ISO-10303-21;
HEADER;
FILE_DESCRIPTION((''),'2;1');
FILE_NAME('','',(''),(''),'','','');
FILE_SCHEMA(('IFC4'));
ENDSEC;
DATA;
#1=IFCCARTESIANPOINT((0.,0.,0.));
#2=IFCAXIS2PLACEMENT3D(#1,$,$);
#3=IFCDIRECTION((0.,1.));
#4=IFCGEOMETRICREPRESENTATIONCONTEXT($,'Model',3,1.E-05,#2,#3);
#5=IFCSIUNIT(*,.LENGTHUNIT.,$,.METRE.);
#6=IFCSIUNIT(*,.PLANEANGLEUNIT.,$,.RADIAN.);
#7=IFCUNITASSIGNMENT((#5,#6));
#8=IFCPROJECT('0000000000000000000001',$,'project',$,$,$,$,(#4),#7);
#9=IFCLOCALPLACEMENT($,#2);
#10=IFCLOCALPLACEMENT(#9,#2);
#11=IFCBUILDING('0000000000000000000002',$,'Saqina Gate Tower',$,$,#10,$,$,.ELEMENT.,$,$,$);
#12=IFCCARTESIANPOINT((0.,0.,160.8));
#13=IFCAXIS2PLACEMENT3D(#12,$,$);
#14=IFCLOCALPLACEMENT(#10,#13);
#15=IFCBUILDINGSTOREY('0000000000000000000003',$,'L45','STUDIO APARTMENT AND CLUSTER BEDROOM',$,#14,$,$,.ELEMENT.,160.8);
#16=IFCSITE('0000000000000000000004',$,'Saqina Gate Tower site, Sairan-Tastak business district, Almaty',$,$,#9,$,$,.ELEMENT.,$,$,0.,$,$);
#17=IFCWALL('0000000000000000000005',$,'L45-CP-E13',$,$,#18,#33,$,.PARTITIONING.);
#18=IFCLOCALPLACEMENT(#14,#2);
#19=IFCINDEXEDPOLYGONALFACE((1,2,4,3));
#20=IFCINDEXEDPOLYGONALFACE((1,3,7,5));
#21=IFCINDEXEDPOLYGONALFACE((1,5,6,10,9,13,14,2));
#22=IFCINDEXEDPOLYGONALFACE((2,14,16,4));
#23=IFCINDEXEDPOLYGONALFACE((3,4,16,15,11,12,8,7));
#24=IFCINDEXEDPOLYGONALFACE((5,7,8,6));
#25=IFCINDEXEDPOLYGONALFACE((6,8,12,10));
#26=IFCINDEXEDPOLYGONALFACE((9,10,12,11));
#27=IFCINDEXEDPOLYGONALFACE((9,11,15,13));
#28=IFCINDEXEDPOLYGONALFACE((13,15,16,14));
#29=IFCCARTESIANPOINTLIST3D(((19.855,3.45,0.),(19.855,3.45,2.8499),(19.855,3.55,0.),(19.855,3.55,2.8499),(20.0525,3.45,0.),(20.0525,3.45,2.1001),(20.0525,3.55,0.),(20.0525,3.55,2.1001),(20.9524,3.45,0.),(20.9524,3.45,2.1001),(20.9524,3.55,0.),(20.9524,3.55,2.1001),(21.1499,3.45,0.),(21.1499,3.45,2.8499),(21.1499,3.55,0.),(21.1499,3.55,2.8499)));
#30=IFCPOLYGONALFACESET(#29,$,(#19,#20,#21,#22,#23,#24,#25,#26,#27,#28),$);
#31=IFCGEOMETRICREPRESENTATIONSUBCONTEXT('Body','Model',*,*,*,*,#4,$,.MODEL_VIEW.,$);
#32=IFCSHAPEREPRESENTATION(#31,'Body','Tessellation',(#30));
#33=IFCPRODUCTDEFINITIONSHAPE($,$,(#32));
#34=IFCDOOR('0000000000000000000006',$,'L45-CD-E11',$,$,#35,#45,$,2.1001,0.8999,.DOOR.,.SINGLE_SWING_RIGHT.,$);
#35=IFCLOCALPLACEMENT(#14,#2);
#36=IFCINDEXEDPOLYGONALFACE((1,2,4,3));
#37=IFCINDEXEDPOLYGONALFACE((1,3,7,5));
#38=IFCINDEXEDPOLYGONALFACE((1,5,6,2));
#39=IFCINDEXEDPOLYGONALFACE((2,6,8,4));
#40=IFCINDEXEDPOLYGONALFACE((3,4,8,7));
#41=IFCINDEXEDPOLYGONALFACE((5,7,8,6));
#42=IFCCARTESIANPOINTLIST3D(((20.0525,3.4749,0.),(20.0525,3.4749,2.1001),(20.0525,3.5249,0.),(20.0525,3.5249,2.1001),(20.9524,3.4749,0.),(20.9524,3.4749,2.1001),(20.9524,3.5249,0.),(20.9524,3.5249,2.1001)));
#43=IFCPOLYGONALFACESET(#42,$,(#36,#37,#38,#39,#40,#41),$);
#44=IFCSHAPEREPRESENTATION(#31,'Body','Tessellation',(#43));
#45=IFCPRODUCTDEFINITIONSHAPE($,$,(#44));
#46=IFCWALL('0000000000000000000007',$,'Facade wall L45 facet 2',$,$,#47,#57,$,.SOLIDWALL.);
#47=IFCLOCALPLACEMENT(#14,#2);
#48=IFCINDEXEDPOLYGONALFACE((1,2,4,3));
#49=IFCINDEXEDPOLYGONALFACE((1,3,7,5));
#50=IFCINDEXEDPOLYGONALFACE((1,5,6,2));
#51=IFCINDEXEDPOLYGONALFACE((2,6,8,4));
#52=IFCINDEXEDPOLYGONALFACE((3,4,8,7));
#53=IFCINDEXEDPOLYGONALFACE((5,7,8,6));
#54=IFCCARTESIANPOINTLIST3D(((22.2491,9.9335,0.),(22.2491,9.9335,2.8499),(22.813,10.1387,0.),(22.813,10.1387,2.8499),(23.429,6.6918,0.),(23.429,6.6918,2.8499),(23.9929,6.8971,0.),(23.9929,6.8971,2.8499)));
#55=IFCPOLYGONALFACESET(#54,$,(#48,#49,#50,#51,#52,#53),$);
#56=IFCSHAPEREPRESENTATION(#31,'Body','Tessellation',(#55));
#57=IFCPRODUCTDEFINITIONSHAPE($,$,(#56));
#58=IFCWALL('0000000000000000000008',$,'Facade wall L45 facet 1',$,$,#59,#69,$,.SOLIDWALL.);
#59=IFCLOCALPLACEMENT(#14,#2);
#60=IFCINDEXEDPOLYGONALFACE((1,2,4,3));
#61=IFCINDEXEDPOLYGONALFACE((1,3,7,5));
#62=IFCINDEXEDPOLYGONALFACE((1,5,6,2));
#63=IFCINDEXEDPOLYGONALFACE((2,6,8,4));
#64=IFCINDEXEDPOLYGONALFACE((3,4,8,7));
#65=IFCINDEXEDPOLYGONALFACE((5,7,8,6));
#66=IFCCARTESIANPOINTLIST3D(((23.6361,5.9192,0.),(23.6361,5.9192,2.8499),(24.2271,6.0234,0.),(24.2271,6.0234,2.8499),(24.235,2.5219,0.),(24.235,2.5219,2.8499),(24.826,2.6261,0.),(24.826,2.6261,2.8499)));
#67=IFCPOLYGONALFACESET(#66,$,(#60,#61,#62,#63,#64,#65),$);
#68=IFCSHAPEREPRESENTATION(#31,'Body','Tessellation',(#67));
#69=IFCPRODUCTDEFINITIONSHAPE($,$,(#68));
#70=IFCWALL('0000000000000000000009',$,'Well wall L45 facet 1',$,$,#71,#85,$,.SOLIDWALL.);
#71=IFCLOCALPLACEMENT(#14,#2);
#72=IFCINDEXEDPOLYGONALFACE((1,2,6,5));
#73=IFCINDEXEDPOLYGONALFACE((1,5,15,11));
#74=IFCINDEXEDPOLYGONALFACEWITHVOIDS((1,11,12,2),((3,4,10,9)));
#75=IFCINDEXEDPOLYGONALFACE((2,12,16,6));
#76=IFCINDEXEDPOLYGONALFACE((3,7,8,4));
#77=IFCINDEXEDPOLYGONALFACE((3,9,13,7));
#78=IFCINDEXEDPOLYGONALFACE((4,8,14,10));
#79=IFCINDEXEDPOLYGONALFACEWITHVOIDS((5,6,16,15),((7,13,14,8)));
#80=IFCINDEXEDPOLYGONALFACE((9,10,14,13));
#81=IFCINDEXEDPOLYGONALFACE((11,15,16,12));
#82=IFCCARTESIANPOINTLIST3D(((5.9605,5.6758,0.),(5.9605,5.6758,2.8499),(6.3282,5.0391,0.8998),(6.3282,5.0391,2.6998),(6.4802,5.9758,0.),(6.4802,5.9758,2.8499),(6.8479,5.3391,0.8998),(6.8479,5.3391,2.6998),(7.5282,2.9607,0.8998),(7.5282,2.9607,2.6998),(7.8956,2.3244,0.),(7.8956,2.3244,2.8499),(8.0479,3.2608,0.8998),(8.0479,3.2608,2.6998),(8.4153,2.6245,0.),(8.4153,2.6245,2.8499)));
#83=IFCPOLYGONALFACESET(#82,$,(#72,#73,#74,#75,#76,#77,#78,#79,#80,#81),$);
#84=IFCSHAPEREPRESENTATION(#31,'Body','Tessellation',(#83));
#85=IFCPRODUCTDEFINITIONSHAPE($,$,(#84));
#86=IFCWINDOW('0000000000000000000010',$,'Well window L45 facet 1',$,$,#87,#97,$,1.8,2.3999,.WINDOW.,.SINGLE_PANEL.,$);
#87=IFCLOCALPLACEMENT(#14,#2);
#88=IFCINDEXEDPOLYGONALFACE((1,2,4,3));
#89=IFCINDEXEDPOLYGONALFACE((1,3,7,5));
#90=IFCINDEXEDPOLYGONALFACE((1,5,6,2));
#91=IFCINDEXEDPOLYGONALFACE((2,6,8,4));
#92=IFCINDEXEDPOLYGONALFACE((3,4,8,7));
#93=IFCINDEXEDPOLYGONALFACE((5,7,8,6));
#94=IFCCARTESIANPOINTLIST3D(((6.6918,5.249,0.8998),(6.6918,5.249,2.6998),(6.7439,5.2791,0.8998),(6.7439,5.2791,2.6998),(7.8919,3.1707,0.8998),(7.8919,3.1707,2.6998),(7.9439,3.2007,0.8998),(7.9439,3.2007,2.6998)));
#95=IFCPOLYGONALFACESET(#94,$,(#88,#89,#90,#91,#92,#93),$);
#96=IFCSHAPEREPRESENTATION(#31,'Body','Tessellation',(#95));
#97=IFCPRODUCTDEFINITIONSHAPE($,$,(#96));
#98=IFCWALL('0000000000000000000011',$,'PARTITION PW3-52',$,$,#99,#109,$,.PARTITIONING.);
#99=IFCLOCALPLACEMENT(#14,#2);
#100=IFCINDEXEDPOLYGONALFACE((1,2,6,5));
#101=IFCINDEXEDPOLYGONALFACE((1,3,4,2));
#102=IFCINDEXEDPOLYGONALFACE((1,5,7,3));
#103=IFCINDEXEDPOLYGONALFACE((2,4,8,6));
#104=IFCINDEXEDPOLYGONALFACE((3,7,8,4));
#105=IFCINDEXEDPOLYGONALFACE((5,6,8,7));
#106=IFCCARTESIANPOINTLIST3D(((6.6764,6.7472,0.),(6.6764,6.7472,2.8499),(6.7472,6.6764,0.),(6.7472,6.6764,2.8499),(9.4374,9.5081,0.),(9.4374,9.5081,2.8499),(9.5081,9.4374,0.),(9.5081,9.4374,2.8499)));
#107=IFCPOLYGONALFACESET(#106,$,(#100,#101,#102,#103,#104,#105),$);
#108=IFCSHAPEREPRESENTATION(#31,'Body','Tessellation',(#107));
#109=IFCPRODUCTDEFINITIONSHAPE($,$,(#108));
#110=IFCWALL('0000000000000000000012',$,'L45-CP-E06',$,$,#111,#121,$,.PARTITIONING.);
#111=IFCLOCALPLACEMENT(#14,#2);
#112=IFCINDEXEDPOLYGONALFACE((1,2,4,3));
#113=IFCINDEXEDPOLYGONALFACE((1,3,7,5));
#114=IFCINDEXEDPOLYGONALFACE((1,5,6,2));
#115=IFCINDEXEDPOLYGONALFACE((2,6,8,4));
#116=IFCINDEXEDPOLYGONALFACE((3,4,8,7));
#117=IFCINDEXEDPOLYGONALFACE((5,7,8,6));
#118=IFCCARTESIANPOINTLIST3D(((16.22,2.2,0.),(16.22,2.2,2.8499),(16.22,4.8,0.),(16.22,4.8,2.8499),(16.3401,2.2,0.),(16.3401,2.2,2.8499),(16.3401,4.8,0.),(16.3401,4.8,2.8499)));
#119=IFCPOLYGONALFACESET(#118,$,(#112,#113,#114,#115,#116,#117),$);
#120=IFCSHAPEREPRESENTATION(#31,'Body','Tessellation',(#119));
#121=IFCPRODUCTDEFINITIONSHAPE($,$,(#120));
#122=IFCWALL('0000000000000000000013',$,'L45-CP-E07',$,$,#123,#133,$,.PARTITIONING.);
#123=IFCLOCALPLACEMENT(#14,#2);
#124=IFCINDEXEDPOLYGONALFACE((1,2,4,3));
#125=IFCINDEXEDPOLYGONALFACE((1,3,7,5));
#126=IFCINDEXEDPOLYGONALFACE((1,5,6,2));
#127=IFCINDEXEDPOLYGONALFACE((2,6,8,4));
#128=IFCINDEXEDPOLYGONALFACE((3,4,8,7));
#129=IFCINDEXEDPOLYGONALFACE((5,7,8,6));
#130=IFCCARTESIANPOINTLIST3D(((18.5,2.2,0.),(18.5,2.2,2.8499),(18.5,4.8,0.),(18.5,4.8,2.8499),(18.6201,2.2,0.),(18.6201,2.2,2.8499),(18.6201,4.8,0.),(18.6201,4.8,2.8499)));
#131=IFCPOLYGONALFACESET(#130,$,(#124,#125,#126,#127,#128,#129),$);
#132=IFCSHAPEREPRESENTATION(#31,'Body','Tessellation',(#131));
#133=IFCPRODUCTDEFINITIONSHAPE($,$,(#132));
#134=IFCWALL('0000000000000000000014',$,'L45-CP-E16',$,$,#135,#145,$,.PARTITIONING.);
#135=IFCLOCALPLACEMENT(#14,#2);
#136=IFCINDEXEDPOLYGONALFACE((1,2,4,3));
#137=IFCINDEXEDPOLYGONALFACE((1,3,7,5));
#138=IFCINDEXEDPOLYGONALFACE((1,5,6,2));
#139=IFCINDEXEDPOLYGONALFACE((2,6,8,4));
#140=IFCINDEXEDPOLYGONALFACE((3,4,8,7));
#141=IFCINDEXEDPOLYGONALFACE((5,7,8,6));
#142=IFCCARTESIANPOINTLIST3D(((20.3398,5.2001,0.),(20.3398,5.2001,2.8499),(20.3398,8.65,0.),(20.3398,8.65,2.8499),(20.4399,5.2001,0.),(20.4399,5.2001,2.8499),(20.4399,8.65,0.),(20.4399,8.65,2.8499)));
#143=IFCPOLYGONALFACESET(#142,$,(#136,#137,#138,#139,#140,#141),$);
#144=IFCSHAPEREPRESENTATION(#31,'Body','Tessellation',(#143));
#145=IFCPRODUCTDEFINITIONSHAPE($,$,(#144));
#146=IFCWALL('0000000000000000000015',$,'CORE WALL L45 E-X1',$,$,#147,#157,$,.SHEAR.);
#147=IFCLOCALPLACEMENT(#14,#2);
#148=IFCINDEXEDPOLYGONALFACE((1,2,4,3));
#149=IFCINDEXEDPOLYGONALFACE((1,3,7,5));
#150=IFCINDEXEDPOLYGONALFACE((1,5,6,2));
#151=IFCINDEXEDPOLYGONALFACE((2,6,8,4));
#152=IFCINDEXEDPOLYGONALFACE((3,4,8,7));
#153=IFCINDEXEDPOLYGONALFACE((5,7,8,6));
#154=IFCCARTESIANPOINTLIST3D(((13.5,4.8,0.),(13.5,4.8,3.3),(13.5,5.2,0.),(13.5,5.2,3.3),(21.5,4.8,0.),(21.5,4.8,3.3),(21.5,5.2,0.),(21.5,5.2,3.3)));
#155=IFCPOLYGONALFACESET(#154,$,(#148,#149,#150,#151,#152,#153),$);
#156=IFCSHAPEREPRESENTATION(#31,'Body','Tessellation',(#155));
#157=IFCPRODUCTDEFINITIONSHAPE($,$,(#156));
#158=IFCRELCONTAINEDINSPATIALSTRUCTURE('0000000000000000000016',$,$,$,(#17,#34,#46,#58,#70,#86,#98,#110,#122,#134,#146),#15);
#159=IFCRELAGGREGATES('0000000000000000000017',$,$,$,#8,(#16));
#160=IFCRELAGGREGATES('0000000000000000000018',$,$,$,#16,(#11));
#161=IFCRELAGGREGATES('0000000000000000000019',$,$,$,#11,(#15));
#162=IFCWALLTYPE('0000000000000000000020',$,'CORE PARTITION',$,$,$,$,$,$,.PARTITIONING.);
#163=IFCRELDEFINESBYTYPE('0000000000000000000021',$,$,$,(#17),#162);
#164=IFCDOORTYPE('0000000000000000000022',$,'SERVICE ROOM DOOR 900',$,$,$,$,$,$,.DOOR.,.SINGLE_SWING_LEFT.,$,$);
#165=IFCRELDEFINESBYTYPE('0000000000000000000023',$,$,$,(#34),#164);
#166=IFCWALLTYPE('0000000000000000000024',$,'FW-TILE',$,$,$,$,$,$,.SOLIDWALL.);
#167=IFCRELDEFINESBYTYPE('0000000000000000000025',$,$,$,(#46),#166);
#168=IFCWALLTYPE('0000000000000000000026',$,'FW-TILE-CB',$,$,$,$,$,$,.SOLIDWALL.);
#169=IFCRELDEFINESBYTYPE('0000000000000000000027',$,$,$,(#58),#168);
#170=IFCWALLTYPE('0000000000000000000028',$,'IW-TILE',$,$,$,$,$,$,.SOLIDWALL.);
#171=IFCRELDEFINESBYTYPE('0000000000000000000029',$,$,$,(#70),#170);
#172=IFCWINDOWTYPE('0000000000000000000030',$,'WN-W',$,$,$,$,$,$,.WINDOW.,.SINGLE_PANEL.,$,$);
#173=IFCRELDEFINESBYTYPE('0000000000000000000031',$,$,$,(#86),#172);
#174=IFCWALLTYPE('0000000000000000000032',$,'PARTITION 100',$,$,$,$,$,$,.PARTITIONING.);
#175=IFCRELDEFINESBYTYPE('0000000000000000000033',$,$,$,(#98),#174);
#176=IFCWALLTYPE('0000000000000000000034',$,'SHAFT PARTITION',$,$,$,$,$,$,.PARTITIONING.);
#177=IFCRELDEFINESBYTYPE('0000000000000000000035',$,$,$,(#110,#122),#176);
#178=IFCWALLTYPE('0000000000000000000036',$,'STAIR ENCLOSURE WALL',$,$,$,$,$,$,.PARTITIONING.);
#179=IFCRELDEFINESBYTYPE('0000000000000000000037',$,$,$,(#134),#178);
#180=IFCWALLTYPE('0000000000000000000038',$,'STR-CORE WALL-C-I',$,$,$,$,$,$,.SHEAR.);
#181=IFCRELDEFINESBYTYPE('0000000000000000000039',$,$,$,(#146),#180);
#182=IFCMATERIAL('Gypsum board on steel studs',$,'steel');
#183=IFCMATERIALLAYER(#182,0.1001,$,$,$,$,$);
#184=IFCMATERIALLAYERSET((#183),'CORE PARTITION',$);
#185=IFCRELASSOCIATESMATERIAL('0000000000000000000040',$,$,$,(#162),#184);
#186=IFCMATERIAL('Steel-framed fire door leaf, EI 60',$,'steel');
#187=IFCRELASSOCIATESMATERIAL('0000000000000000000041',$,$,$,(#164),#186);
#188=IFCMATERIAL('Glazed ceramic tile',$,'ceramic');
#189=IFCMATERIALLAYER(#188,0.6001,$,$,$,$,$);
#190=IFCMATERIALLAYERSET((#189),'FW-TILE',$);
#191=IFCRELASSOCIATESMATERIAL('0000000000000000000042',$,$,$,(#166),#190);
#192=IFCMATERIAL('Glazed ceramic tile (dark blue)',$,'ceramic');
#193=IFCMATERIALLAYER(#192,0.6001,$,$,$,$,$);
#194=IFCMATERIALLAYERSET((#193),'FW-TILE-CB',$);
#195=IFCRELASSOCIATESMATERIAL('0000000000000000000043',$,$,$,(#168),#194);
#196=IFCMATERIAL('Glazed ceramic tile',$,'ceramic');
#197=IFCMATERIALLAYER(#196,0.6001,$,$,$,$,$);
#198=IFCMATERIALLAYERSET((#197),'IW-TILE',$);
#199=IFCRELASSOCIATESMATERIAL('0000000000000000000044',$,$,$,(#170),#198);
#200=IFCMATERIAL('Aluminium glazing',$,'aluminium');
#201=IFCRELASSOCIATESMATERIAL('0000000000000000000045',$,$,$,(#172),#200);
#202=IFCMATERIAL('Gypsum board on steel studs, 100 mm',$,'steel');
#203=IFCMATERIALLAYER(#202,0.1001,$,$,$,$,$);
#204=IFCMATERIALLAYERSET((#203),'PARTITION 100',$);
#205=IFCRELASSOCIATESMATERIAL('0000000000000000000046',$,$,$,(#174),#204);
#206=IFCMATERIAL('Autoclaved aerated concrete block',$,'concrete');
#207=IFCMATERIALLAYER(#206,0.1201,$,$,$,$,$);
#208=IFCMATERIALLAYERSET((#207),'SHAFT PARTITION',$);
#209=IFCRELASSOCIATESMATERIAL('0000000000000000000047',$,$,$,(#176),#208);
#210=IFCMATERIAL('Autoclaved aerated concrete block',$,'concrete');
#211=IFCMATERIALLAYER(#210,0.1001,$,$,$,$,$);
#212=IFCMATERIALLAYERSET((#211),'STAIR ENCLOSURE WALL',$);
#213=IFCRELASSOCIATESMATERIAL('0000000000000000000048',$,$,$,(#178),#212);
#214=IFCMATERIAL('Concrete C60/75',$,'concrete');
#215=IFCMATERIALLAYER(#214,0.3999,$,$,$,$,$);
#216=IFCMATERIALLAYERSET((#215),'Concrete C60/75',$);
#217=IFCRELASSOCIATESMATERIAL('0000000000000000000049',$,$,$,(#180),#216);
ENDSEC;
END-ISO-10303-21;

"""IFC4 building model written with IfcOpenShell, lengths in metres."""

from ifc_helpers import new_model, si_unit, direction, frame, frame_2d, origin, place, context, subcontext, project, spatial, rectangle, extrude, material, layer, layer_set, type_object, element, fill, save


model = new_model("IFC4")

# Units and contexts
model_context = context("Model", 3, precision=1e-05, world=origin(), true_north=direction((0.0, 1.0)))
body_context = subcontext(model_context, "Body", "Model", "MODEL_VIEW")
ifc_project = project(units=[si_unit("LENGTHUNIT", "METRE"), si_unit("PLANEANGLEUNIT", "RADIAN")], contexts=[model_context])

# Site, building, storey
site_placement = place(None, origin())
site = spatial("IfcSite", under=ifc_project, at=site_placement, Name="Saqina Gate Tower site, Sairan-Tastak business district, Almaty", CompositionType="ELEMENT", RefElevation=0.0)
building_placement = place(site_placement, origin())
building = spatial("IfcBuilding", under=site, at=building_placement, Name="Saqina Gate Tower", CompositionType="ELEMENT")
storey_placement = place(building_placement, frame((0.0, 0.0, 160.8)))
storey = spatial("IfcBuildingStorey", under=building, at=storey_placement, Name="L45", Description="STUDIO APARTMENT AND CLUSTER BEDROOM", CompositionType="ELEMENT", Elevation=160.8)

# Shared definitions
ifc_material_1 = material(Name="Gypsum board on steel studs", Category="steel")
ifc_layer_1 = layer(ifc_material_1, 0.1001)
ifc_layer_set_1 = layer_set([ifc_layer_1], Name="CORE PARTITION")
wall_type_1 = type_object("IfcWallType", Name="CORE PARTITION", PredefinedType="PARTITIONING", material=ifc_layer_set_1)

# Shared definitions
ifc_material_2 = material(Name="Steel-framed fire door leaf, EI 60", Category="steel")
door_type_1 = type_object("IfcDoorType", Name="SERVICE ROOM DOOR 900", OperationType="SINGLE_SWING_LEFT", PredefinedType="DOOR", material=ifc_material_2)

# Wall, opening, door
wall_1_placement = place(storey_placement, frame((19.855, 3.5, 0.0), z_axis=(0.0, 0.0, 1.0), x_axis=(1.0, 0.0, 0.0)))
wall_1 = element("IfcWall", 1, at=wall_1_placement, inside=storey, type_object=wall_type_1, Name="L45-CP-E13", PredefinedType="PARTITIONING", context=body_context, shape_type="SweptSolid", body=[
    extrude(rectangle(XDim=1.2949, YDim=0.1001, at=frame_2d((0.6475, 0.0))), origin(), (0.0, 0.0, 1.0), 2.8499),
])
opening_1_placement = place(wall_1_placement, frame((0.1975, 0.0, 0.0)))
opening_1 = element("IfcOpeningElement", 2, at=opening_1_placement, cuts=wall_1, PredefinedType="OPENING", context=body_context, shape_type="SweptSolid", body=[
    extrude(rectangle(XDim=0.8999, YDim=2.1001, at=frame_2d((0.45, 1.05))), frame((0.0, 0.062, 0.0), z_axis=(0.0, -1.0, 0.0), x_axis=(1.0, 0.0, 0.0)), (0.0, 0.0, 1.0), 0.124),
])
door_1_placement = place(opening_1_placement, origin())
door_1 = element("IfcDoor", 3, at=door_1_placement, inside=storey, type_object=door_type_1, Name="L45-CD-E11", OperationType="SINGLE_SWING_RIGHT", OverallHeight=2.1001, OverallWidth=0.8999, PredefinedType="DOOR", context=body_context, shape_type="SweptSolid", body=[
    extrude(rectangle(XDim=0.8999, YDim=2.1001, at=frame_2d((0.45, 1.05))), frame((0.0, 0.0249, 0.0), z_axis=(0.0, -1.0, 0.0), x_axis=(1.0, 0.0, 0.0)), (0.0, 0.0, 1.0), 0.05),
])
fill(opening_1, door_1)

# Walls
ifc_material_3 = material(Name="Glazed ceramic tile", Category="ceramic")
ifc_layer_2 = layer(ifc_material_3, 0.6001)
ifc_layer_set_2 = layer_set([ifc_layer_2], Name="FW-TILE")
wall_type_2 = type_object("IfcWallType", Name="FW-TILE", PredefinedType="SOLIDWALL", material=ifc_layer_set_2)
wall_2_placement = place(storey_placement, frame((23.7109, 6.7944, 0.0), z_axis=(0.0, 0.0, 1.0), x_axis=(-0.342033, 0.939688, 0.0)))
element("IfcWall", 4, at=wall_2_placement, inside=storey, type_object=wall_type_2, Name="Facade wall L45 facet 2", PredefinedType="SOLIDWALL", context=body_context, shape_type="SweptSolid", body=[
    extrude(rectangle(XDim=3.4497, YDim=0.6001, at=frame_2d((1.7249, 0.0))), origin(), (0.0, 0.0, 1.0), 2.8499),
])
ifc_material_4 = material(Name="Glazed ceramic tile (dark blue)", Category="ceramic")
ifc_layer_3 = layer(ifc_material_4, 0.6001)
ifc_layer_set_3 = layer_set([ifc_layer_3], Name="FW-TILE-CB")
wall_type_3 = type_object("IfcWallType", Name="FW-TILE-CB", PredefinedType="SOLIDWALL", material=ifc_layer_set_3)
wall_3_placement = place(storey_placement, frame((24.5305, 2.574, 0.0), z_axis=(0.0, 0.0, 1.0), x_axis=(-0.173608, 0.984815, 0.0)))
element("IfcWall", 5, at=wall_3_placement, inside=storey, type_object=wall_type_3, Name="Facade wall L45 facet 1", PredefinedType="SOLIDWALL", context=body_context, shape_type="SweptSolid", body=[
    extrude(rectangle(XDim=3.4497, YDim=0.6001, at=frame_2d((1.7249, 0.0))), origin(), (0.0, 0.0, 1.0), 2.8499),
])

# Wall, opening, window
ifc_material_5 = material(Name="Glazed ceramic tile", Category="ceramic")
ifc_layer_4 = layer(ifc_material_5, 0.6001)
ifc_layer_set_4 = layer_set([ifc_layer_4], Name="IW-TILE")
wall_type_4 = type_object("IfcWallType", Name="IW-TILE", PredefinedType="SOLIDWALL", material=ifc_layer_set_4)
wall_4_placement = place(storey_placement, frame((8.1555, 2.4744, 0.0), z_axis=(0.0, 0.0, 1.0), x_axis=(-0.500034, 0.866006, 0.0)))
wall_4 = element("IfcWall", 6, at=wall_4_placement, inside=storey, type_object=wall_type_4, Name="Well wall L45 facet 1", PredefinedType="SOLIDWALL", context=body_context, shape_type="SweptSolid", body=[
    extrude(rectangle(XDim=3.8699, YDim=0.6001, at=frame_2d((1.9351, 0.0))), origin(), (0.0, 0.0, 1.0), 2.8499),
])
opening_2_placement = place(wall_4_placement, frame((0.7349, 0.0, 0.8999)))
opening_2 = element("IfcOpeningElement", 7, at=opening_2_placement, cuts=wall_4, PredefinedType="OPENING", context=body_context, shape_type="SweptSolid", body=[
    extrude(rectangle(XDim=2.3999, YDim=1.8, at=frame_2d((1.2, 0.8999))), frame((0.0, 0.312, 0.0), z_axis=(0.0, -1.0, 0.0), x_axis=(1.0, 0.0, 0.0)), (0.0, 0.0, 1.0), 0.624),
])
ifc_material_6 = material(Name="Aluminium glazing", Category="aluminium")
window_type = type_object("IfcWindowType", Name="WN-W", PartitioningType="SINGLE_PANEL", PredefinedType="WINDOW", material=ifc_material_6)
window_placement = place(opening_2_placement, origin())
window = element("IfcWindow", 8, at=window_placement, inside=storey, type_object=window_type, Name="Well window L45 facet 1", OverallHeight=1.8, OverallWidth=2.3999, PartitioningType="SINGLE_PANEL", PredefinedType="WINDOW", context=body_context, shape_type="SweptSolid", body=[
    extrude(rectangle(XDim=2.3999, YDim=1.8, at=frame_2d((1.2, 0.8999))), frame((0.0, -0.1199, 0.0), z_axis=(0.0, -1.0, 0.0), x_axis=(1.0, 0.0, 0.0)), (0.0, 0.0, 1.0), 0.0601),
])
fill(opening_2, window)

# Walls
ifc_material_7 = material(Name="Gypsum board on steel studs, 100 mm", Category="steel")
ifc_layer_5 = layer(ifc_material_7, 0.1001)
ifc_layer_set_5 = layer_set([ifc_layer_5], Name="PARTITION 100")
wall_type_5 = type_object("IfcWallType", Name="PARTITION 100", PredefinedType="PARTITIONING", material=ifc_layer_set_5)
wall_5_placement = place(storey_placement, frame((6.7119, 6.7119, 0.0), z_axis=(0.0, 0.0, 1.0), x_axis=(0.707107, 0.707107, 0.0)))
element("IfcWall", 9, at=wall_5_placement, inside=storey, type_object=wall_type_5, Name="PARTITION PW3-52", PredefinedType="PARTITIONING", context=body_context, shape_type="SweptSolid", body=[
    extrude(rectangle(XDim=3.9045, YDim=0.1001, at=frame_2d((1.9521, 0.0))), origin(), (0.0, 0.0, 1.0), 2.8499),
])
ifc_material_8 = material(Name="Autoclaved aerated concrete block", Category="concrete")
ifc_layer_6 = layer(ifc_material_8, 0.1201)
ifc_layer_set_6 = layer_set([ifc_layer_6], Name="SHAFT PARTITION")
wall_type_6 = type_object("IfcWallType", Name="SHAFT PARTITION", PredefinedType="PARTITIONING", material=ifc_layer_set_6)
for number, where, z_axis, x_axis, name in (
    (10, (16.28, 2.2, 0.0), (0.0, 0.0, 1.0), (0.0, 1.0, 0.0), "L45-CP-E06"),
    (11, (18.5601, 2.2, 0.0), (0.0, 0.0, 1.0), (0.0, 1.0, 0.0), "L45-CP-E07"),
):
    element("IfcWall", number, at=place(storey_placement, frame(where, z_axis=z_axis, x_axis=x_axis)), inside=storey, type_object=wall_type_6, Name=name, PredefinedType="PARTITIONING", context=body_context, shape_type="SweptSolid", body=[
        extrude(rectangle(XDim=2.6001, YDim=0.1201, at=frame_2d((1.3, 0.0))), origin(), (0.0, 0.0, 1.0), 2.8499),
    ])
ifc_material_9 = material(Name="Autoclaved aerated concrete block", Category="concrete")
ifc_layer_7 = layer(ifc_material_9, 0.1001)
ifc_layer_set_7 = layer_set([ifc_layer_7], Name="STAIR ENCLOSURE WALL")
wall_type_7 = type_object("IfcWallType", Name="STAIR ENCLOSURE WALL", PredefinedType="PARTITIONING", material=ifc_layer_set_7)
wall_6_placement = place(storey_placement, frame((20.3899, 5.2, 0.0), z_axis=(0.0, 0.0, 1.0), x_axis=(0.0, 1.0, 0.0)))
element("IfcWall", 12, at=wall_6_placement, inside=storey, type_object=wall_type_7, Name="L45-CP-E16", PredefinedType="PARTITIONING", context=body_context, shape_type="SweptSolid", body=[
    extrude(rectangle(XDim=3.45, YDim=0.1001, at=frame_2d((1.7251, 0.0))), origin(), (0.0, 0.0, 1.0), 2.8499),
])
ifc_material_10 = material(Name="Concrete C60/75", Category="concrete")
ifc_layer_8 = layer(ifc_material_10, 0.3999)
ifc_layer_set_8 = layer_set([ifc_layer_8], Name="Concrete C60/75")
wall_type_8 = type_object("IfcWallType", Name="STR-CORE WALL-C-I", PredefinedType="SHEAR", material=ifc_layer_set_8)
wall_7_placement = place(storey_placement, frame((13.5, 5.0, 0.0), z_axis=(0.0, 0.0, 1.0), x_axis=(1.0, 0.0, 0.0)))
element("IfcWall", 13, at=wall_7_placement, inside=storey, type_object=wall_type_8, Name="CORE WALL L45 E-X1", PredefinedType="SHEAR", context=body_context, shape_type="SweptSolid", body=[
    extrude(rectangle(XDim=8.0, YDim=0.3999, at=frame_2d((4.0, 0.0))), origin(), (0.0, 0.0, 1.0), 3.3),
])

save(model, "model.ifc")
